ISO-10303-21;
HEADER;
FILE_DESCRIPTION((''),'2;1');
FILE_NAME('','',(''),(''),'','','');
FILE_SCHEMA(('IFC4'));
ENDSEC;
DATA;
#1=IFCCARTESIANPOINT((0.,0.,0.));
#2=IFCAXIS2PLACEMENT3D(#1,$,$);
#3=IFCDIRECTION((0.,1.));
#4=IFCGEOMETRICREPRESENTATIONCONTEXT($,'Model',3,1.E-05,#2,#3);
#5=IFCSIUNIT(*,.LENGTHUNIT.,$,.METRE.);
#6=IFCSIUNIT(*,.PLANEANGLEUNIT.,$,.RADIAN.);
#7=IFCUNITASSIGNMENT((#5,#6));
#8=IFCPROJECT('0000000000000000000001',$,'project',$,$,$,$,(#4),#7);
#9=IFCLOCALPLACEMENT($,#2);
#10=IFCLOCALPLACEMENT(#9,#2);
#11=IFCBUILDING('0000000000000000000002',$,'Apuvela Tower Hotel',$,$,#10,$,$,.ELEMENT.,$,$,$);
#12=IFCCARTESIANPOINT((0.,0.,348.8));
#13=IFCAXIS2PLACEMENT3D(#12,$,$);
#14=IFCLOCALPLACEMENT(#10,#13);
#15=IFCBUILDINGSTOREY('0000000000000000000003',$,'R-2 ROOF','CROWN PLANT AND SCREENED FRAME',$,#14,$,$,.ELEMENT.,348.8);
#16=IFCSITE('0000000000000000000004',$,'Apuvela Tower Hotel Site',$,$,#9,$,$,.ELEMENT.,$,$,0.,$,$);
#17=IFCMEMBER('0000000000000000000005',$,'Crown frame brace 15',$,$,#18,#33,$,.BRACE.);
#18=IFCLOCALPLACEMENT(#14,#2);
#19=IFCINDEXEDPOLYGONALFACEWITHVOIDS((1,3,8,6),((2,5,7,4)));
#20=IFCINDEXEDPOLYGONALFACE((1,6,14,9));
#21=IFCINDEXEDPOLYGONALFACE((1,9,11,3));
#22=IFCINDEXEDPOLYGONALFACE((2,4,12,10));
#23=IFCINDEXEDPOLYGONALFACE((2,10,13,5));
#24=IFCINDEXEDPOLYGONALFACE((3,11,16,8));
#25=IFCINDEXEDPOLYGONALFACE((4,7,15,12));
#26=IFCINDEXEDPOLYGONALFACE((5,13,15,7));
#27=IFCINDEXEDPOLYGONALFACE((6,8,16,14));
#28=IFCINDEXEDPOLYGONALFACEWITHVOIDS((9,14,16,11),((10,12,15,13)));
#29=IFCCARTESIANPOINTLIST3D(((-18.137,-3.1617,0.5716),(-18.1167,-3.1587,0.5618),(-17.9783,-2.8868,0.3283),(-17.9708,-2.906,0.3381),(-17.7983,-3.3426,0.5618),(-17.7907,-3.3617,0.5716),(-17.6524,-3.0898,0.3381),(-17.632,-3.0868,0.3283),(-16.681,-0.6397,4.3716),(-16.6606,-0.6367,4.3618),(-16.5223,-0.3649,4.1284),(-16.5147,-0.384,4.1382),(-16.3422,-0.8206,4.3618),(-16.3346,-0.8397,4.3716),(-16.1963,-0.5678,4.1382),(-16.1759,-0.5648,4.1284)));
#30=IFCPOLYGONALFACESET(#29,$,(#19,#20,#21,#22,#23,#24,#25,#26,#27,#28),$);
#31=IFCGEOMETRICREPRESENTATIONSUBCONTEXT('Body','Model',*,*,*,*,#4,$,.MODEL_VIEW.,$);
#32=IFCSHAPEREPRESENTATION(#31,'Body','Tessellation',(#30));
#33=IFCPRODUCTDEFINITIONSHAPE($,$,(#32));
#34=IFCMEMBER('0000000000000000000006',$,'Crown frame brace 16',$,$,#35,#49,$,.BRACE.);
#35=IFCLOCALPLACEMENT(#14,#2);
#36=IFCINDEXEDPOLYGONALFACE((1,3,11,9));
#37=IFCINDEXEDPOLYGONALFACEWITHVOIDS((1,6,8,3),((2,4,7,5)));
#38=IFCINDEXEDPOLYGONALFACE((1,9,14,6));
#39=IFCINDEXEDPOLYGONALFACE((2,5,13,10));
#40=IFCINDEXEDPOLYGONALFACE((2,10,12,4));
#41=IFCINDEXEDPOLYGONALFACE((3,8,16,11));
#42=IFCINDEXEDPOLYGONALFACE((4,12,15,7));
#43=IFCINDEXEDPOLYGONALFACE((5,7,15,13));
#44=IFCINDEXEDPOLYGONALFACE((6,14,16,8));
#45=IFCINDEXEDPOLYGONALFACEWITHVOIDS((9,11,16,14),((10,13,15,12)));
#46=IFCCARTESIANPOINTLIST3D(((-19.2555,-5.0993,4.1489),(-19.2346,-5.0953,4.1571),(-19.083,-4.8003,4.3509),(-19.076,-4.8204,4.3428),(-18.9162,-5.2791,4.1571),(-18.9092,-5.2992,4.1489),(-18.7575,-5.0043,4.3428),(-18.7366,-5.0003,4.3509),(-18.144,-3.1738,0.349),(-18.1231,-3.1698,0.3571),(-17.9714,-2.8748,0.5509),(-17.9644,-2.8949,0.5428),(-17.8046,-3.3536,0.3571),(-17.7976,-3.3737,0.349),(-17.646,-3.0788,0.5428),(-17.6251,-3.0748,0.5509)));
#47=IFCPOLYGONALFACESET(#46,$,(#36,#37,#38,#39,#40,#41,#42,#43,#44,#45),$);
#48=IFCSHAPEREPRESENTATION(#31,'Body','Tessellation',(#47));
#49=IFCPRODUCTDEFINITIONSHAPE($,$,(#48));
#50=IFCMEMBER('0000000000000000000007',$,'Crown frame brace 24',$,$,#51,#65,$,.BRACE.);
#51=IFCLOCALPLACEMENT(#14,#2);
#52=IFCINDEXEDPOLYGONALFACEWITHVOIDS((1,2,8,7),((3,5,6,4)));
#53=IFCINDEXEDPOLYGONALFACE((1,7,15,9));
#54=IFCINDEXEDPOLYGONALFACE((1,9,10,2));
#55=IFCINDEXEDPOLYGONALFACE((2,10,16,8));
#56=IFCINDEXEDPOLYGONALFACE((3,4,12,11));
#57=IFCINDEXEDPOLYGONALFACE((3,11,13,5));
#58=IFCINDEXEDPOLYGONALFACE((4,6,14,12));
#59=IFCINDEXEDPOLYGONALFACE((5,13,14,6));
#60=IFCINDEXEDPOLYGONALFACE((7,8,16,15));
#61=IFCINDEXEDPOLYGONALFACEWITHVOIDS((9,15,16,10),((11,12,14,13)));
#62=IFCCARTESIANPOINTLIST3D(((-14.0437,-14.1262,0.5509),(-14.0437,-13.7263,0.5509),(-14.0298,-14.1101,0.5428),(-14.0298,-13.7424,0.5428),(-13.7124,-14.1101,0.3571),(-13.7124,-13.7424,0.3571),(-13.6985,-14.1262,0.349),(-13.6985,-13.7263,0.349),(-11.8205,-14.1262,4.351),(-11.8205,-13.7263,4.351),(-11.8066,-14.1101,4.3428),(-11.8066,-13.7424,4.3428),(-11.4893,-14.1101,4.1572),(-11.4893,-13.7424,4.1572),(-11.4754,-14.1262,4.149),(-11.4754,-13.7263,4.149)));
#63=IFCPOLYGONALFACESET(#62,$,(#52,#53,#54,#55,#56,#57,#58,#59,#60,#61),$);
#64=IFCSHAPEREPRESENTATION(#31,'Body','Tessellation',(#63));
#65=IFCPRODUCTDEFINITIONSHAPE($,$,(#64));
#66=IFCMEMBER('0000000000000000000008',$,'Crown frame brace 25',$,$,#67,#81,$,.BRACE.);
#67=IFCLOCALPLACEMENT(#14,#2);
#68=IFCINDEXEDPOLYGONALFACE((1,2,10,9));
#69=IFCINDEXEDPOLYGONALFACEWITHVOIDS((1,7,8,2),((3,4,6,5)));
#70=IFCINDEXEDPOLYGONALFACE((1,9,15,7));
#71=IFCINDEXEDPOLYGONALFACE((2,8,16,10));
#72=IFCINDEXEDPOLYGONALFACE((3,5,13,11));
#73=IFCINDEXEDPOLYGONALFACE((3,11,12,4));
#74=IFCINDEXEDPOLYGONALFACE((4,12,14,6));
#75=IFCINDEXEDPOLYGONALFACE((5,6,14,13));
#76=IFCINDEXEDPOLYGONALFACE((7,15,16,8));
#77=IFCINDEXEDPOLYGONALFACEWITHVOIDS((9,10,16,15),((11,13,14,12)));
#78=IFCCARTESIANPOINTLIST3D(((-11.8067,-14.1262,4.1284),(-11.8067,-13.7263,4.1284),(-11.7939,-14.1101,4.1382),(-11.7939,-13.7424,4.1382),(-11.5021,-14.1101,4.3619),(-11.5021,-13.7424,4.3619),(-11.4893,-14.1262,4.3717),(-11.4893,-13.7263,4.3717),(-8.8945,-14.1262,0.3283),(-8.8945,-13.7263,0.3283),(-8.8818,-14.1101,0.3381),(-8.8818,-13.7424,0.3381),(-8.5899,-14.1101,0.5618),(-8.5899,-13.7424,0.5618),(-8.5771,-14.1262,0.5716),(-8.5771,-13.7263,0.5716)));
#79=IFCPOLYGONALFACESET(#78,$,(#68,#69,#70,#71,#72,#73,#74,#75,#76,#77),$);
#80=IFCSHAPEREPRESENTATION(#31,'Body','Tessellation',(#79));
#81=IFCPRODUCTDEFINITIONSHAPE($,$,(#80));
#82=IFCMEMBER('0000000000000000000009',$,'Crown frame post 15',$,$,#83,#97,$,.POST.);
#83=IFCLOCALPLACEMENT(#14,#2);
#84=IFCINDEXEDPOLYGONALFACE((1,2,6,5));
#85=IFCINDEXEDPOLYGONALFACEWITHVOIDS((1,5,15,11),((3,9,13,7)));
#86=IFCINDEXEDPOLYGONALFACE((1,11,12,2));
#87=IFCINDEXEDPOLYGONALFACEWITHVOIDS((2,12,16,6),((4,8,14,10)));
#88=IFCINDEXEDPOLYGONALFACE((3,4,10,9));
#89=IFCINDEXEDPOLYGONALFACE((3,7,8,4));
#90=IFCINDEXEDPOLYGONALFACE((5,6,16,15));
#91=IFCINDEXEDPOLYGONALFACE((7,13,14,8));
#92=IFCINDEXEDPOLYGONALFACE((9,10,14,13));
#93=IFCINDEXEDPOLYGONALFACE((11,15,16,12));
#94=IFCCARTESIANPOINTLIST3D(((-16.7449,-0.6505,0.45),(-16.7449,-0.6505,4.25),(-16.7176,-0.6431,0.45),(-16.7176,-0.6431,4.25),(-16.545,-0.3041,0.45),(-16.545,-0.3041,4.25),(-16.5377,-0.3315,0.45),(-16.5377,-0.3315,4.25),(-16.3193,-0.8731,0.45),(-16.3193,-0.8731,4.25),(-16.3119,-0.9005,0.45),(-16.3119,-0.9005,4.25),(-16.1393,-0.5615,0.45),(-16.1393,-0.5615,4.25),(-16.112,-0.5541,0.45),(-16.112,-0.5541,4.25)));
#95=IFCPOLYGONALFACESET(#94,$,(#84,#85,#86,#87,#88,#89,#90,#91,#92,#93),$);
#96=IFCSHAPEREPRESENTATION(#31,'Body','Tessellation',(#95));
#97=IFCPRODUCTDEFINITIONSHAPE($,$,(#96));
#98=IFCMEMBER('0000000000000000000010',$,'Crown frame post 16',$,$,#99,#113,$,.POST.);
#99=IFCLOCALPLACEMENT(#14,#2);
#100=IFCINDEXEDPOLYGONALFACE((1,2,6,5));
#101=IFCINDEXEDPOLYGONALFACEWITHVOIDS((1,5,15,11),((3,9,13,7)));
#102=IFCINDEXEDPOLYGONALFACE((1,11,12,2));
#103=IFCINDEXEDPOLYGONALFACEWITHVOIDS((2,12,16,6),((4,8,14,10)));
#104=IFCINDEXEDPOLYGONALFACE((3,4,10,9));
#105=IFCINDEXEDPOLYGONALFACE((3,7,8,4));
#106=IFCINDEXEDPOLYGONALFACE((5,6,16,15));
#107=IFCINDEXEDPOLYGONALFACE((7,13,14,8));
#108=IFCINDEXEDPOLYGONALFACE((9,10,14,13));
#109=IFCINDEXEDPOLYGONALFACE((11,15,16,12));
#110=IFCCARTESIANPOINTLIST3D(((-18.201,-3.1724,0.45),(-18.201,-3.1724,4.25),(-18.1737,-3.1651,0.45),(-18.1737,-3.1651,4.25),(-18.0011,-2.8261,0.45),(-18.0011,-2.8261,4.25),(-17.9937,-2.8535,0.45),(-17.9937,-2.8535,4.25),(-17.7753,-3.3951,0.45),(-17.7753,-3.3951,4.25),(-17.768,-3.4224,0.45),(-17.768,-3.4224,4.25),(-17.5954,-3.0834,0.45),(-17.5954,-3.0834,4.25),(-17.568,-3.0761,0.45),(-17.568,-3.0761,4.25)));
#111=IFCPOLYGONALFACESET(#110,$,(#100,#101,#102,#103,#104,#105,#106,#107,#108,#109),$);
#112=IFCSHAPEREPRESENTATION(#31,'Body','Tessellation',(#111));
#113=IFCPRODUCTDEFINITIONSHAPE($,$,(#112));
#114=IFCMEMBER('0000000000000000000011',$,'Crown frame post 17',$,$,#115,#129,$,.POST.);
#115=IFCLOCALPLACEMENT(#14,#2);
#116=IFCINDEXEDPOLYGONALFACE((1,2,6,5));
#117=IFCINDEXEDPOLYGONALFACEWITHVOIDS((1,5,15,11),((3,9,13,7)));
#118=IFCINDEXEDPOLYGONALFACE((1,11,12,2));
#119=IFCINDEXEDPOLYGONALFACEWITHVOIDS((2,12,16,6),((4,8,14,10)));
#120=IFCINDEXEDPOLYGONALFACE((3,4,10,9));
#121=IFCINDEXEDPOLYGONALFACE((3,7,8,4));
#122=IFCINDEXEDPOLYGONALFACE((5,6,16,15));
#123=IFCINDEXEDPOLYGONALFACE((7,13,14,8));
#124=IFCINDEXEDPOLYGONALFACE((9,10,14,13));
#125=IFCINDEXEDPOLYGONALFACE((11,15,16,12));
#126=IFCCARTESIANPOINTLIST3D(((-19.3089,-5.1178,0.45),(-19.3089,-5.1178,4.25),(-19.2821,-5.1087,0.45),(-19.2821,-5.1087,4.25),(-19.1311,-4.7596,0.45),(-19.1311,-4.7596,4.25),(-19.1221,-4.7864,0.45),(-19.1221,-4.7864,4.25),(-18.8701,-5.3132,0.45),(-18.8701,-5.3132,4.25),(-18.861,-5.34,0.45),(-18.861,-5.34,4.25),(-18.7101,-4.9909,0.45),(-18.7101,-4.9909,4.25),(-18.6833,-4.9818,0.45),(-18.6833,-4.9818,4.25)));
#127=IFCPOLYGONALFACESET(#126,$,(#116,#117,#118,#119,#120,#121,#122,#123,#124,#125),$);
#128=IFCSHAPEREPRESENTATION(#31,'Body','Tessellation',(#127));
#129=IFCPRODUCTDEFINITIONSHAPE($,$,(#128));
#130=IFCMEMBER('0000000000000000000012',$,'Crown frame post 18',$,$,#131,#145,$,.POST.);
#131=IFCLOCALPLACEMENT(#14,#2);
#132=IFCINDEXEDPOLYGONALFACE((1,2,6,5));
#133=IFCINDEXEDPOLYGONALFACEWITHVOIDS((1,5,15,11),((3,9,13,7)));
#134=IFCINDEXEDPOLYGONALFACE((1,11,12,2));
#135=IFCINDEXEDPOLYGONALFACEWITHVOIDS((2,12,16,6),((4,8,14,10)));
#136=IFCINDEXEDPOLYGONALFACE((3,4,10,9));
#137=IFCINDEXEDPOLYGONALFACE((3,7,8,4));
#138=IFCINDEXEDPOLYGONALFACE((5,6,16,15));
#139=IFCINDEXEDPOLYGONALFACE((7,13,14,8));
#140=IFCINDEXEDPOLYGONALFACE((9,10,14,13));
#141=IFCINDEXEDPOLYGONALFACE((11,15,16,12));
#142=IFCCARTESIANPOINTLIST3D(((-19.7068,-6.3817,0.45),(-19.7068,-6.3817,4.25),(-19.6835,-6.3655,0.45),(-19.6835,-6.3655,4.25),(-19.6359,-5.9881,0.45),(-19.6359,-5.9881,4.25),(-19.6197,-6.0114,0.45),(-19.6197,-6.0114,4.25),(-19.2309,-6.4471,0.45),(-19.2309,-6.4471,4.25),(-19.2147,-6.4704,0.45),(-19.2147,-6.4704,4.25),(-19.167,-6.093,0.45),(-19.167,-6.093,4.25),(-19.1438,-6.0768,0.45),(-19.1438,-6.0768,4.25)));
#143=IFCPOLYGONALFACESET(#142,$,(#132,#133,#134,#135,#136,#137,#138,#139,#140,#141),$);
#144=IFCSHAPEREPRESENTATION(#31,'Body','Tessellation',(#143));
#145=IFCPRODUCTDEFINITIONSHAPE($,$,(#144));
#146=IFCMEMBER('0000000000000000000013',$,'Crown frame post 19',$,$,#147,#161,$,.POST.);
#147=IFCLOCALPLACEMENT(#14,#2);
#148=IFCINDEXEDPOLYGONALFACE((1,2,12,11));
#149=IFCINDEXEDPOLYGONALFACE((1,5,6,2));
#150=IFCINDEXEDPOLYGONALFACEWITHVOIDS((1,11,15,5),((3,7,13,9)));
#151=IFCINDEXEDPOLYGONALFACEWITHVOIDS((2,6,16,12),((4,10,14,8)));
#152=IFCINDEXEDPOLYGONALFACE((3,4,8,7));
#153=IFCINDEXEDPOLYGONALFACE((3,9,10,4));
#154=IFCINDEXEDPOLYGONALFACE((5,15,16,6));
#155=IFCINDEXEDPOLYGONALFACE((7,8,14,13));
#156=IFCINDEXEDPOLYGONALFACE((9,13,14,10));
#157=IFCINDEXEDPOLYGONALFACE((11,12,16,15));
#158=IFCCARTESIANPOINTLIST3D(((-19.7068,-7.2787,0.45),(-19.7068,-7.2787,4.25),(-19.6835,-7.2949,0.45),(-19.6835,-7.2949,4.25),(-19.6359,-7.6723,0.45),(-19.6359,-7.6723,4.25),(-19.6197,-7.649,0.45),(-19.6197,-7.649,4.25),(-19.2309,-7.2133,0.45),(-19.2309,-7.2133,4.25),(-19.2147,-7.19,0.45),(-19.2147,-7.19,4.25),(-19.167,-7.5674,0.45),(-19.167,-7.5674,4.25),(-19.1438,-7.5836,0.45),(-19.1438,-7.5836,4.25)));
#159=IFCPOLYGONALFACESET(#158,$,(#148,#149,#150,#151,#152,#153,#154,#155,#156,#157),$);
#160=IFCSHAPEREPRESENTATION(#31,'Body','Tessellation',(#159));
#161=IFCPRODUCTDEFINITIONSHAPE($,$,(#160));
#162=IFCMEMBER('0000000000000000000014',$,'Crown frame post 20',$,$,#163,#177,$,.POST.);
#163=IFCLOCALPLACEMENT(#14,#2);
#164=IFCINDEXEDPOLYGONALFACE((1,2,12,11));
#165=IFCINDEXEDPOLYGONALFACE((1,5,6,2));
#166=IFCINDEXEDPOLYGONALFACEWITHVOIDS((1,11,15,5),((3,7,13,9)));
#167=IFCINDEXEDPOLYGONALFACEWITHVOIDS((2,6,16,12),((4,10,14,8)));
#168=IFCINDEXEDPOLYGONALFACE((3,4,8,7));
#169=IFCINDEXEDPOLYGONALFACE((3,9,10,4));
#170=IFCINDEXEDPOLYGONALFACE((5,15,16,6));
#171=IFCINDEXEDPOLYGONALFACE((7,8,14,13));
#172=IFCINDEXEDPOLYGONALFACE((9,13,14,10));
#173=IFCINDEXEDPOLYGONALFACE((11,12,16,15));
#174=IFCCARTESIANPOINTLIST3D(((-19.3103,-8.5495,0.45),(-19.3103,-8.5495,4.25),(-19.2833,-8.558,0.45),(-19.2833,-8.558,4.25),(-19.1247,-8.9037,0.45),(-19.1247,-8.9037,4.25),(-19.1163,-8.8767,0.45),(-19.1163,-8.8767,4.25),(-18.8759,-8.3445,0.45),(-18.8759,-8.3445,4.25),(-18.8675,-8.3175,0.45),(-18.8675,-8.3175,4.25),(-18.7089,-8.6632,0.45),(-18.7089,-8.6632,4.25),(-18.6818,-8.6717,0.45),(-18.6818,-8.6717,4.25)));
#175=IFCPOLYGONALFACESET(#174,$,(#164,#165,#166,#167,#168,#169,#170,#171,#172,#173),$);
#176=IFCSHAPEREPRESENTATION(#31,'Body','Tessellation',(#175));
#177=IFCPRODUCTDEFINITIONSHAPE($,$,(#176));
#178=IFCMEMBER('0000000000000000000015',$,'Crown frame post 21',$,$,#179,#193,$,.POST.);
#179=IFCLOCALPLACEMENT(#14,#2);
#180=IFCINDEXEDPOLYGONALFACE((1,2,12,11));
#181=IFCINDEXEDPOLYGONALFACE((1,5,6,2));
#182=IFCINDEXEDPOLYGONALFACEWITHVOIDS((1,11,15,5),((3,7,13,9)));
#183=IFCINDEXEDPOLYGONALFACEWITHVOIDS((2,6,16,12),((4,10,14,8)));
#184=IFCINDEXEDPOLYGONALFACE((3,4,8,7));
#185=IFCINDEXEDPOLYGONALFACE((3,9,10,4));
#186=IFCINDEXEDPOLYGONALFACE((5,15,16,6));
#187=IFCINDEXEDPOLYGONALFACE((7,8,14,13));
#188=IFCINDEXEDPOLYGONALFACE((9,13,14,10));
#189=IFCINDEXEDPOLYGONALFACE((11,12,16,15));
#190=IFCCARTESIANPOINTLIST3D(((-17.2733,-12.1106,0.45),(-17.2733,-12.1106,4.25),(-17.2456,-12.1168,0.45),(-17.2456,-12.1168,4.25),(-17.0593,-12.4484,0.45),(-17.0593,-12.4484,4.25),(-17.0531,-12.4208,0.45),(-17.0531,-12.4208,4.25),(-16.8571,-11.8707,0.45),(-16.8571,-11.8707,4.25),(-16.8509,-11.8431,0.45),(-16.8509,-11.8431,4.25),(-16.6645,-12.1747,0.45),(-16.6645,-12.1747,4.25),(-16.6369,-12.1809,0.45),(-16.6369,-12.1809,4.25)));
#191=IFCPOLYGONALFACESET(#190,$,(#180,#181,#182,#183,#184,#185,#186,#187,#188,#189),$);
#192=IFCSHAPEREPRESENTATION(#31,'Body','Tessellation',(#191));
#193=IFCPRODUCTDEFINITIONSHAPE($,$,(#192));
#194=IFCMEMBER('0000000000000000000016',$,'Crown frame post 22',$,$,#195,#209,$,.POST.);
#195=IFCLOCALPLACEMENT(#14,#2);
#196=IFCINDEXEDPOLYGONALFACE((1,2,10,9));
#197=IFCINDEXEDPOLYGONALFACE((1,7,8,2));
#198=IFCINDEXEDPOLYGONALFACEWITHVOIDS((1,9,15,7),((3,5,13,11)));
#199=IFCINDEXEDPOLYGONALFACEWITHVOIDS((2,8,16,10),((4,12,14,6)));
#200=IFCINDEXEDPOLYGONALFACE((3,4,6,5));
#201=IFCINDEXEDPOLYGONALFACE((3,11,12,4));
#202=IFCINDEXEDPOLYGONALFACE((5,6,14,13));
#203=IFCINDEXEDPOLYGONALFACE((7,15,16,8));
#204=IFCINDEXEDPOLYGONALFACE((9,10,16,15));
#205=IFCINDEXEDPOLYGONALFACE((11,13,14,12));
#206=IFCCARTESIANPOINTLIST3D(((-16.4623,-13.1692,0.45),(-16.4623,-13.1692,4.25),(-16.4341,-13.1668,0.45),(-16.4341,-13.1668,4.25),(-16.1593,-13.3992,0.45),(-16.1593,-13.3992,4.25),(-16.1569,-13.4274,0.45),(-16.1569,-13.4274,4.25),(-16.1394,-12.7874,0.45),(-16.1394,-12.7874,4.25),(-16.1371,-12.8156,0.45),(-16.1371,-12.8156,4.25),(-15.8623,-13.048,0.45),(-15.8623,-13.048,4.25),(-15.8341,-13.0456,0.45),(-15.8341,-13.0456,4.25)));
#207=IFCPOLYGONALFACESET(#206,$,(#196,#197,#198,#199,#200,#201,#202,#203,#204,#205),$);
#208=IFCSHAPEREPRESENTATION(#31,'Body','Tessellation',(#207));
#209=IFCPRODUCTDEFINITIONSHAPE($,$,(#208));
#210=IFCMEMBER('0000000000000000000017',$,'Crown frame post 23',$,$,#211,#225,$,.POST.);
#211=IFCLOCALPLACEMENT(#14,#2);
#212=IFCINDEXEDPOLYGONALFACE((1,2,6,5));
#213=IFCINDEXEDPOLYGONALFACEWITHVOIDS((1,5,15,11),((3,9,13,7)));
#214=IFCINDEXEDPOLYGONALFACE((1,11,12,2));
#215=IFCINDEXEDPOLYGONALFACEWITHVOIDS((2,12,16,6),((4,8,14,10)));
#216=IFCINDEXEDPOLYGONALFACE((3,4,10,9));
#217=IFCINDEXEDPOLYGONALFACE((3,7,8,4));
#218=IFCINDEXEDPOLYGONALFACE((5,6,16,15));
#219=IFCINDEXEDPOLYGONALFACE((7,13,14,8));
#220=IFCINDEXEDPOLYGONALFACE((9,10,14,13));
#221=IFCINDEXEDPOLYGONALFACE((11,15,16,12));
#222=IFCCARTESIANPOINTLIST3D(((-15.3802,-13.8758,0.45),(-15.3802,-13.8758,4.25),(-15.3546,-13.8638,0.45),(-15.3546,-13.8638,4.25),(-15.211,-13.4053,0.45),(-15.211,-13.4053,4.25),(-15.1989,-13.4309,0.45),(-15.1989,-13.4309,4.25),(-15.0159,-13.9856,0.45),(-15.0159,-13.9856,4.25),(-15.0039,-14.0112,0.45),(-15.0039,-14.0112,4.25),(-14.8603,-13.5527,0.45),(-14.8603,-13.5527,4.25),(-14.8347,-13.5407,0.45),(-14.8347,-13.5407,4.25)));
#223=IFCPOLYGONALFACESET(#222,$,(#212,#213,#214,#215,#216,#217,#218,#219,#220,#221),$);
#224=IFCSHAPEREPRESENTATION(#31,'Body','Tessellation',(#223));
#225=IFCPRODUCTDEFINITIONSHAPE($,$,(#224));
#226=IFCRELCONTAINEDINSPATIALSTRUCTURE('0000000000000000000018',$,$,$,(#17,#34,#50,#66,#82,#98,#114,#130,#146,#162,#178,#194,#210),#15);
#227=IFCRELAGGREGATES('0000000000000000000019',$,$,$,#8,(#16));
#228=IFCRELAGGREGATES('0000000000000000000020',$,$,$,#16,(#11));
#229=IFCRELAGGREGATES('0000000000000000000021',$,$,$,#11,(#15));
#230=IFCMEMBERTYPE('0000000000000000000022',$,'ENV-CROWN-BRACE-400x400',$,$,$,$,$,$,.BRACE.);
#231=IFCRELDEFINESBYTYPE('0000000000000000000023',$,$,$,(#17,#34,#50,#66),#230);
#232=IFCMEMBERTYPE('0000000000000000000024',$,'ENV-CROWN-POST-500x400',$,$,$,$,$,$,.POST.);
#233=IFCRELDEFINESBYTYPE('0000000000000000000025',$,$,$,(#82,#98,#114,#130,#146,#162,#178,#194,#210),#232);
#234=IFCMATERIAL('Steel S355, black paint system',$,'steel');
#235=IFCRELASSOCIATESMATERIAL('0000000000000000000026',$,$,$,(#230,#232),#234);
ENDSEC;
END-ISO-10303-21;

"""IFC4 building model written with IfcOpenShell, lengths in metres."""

from ifc_helpers import new_model, si_unit, direction, frame, origin, origin_2d, place, context, subcontext, project, spatial, hollow_rectangle, extrude, material, material_profile, profile_set, type_object, element, save


model = new_model("IFC4")

# Units and contexts
model_context = context("Model", 3, precision=1e-05, world=origin(), true_north=direction((0.0, 1.0)))
body_context = subcontext(model_context, "Body", "Model", "MODEL_VIEW")
ifc_project = project(units=[si_unit("LENGTHUNIT", "METRE"), si_unit("PLANEANGLEUNIT", "RADIAN")], contexts=[model_context])

# Site, building, storey
site_placement = place(None, origin())
site = spatial("IfcSite", under=ifc_project, at=site_placement, Name="Apuvela Tower Hotel Site", CompositionType="ELEMENT", RefElevation=0.0)
building_placement = place(site_placement, origin())
building = spatial("IfcBuilding", under=site, at=building_placement, Name="Apuvela Tower Hotel", CompositionType="ELEMENT")
storey_placement = place(building_placement, frame((0.0, 0.0, 348.8)))
storey = spatial("IfcBuildingStorey", under=building, at=storey_placement, Name="R-2 ROOF", Description="CROWN PLANT AND SCREENED FRAME", CompositionType="ELEMENT", Elevation=348.8)

# Members
ifc_material_1 = material(Name="Steel S355, black paint system", Category="steel")
ifc_material_profile_1 = material_profile(ifc_material_1, hollow_rectangle(XDim=0.3999, YDim=0.3999, WallThickness=0.0161, at=origin_2d()), Name="HSS 400x400x16")
ifc_profile_set_1 = profile_set([ifc_material_profile_1], Name="Steel S355, black paint system")
member_type_1 = type_object("IfcMemberType", Name="ENV-CROWN-BRACE-400x400", PredefinedType="BRACE", material=ifc_profile_set_1)
member_1_placement = place(storey_placement, frame((-17.8845, -3.1243, 0.45), z_axis=(0.304132, 0.526775, 0.793733), x_axis=(-0.866026, 0.499998, 0.0)))
element("IfcMember", 1, at=member_1_placement, inside=storey, type_object=member_type_1, Name="Crown frame brace 15", PredefinedType="BRACE", context=body_context, shape_type="SweptSolid", body=[
    extrude(hollow_rectangle(XDim=0.3999, YDim=0.3999, WallThickness=0.0161, at=origin_2d()), origin(), (0.0, 0.0, 1.0), 4.7876),
])
for number, where, z_axis, x_axis, name in (
    (2, (-17.8845, -3.1243, 0.45), (-0.252476, -0.437355, 0.86312), (0.866052, -0.499954, 0.0), "Crown frame brace 16"),
    (3, (-13.8711, -13.9263, 0.45), (0.504964, 0.0, 0.863141), (0.0, 1.0, 0.0), "Crown frame brace 24"),
):
    element("IfcMember", number, at=place(storey_placement, frame(where, z_axis=z_axis, x_axis=x_axis)), inside=storey, type_object=member_type_1, Name=name, PredefinedType="BRACE", context=body_context, shape_type="SweptSolid", body=[
        extrude(hollow_rectangle(XDim=0.3999, YDim=0.3999, WallThickness=0.0161, at=origin_2d()), origin(), (0.0, 0.0, 1.0), 4.4026),
    ])
member_2_placement = place(storey_placement, frame((-8.7358, -13.9263, 0.45), z_axis=(-0.608266, 0.0, 0.793734), x_axis=(0.0, -1.0, 0.0)))
element("IfcMember", 4, at=member_2_placement, inside=storey, type_object=member_type_1, Name="Crown frame brace 25", PredefinedType="BRACE", context=body_context, shape_type="SweptSolid", body=[
    extrude(hollow_rectangle(XDim=0.3999, YDim=0.3999, WallThickness=0.0161, at=origin_2d()), origin(), (0.0, 0.0, 1.0), 4.7876),
])
ifc_material_profile_2 = material_profile(ifc_material_1, hollow_rectangle(XDim=0.3999, YDim=0.5, WallThickness=0.02, at=origin_2d()), Name="HSS 500x400x20")
ifc_profile_set_2 = profile_set([ifc_material_profile_2], Name="Steel S355, black paint system")
member_type_2 = type_object("IfcMemberType", Name="ENV-CROWN-POST-500x400", PredefinedType="POST", material=ifc_profile_set_2)
for number, where, z_axis, x_axis, name in (
    (5, (-16.4285, -0.6023, 0.45), (0.0, 0.0, 1.0), (-0.5, -0.866025, 0.0), "Crown frame post 15"),
    (6, (-17.8845, -3.1243, 0.45), (0.0, 0.0, 1.0), (-0.5, -0.866025, 0.0), "Crown frame post 16"),
    (7, (-18.9961, -5.0498, 0.45), (0.0, 0.0, 1.0), (-0.444554, -0.895752, 0.0), "Crown frame post 17"),
    (8, (-19.4253, -6.2292, 0.45), (0.0, 0.0, 1.0), (-0.177415, -0.984136, 0.0), "Crown frame post 18"),
    (9, (-19.4253, -7.4312, 0.45), (0.0, 0.0, 1.0), (0.177415, -0.984136, 0.0), "Crown frame post 19"),
    (10, (-18.9961, -8.6106, 0.45), (0.0, 0.0, 1.0), (0.464116, -0.885775, 0.0), "Crown frame post 20"),
    (11, (-16.9551, -12.1458, 0.45), (0.0, 0.0, 1.0), (0.535046, -0.844823, 0.0), "Crown frame post 21"),
    (12, (-16.1482, -13.1074, 0.45), (0.0, 0.0, 1.0), (0.76358, -0.645714, 0.0), "Crown frame post 22"),
    (13, (-15.1074, -13.7083, 0.45), (0.0, 0.0, 1.0), (0.940994, -0.338423, 0.0), "Crown frame post 23"),
):
    element("IfcMember", number, at=place(storey_placement, frame(where, z_axis=z_axis, x_axis=x_axis)), inside=storey, type_object=member_type_2, Name=name, PredefinedType="POST", context=body_context, shape_type="SweptSolid", body=[
        extrude(hollow_rectangle(XDim=0.3999, YDim=0.5, WallThickness=0.02, at=origin_2d()), origin(), (0.0, 0.0, 1.0), 3.8),
    ])

save(model, "model.ifc")
